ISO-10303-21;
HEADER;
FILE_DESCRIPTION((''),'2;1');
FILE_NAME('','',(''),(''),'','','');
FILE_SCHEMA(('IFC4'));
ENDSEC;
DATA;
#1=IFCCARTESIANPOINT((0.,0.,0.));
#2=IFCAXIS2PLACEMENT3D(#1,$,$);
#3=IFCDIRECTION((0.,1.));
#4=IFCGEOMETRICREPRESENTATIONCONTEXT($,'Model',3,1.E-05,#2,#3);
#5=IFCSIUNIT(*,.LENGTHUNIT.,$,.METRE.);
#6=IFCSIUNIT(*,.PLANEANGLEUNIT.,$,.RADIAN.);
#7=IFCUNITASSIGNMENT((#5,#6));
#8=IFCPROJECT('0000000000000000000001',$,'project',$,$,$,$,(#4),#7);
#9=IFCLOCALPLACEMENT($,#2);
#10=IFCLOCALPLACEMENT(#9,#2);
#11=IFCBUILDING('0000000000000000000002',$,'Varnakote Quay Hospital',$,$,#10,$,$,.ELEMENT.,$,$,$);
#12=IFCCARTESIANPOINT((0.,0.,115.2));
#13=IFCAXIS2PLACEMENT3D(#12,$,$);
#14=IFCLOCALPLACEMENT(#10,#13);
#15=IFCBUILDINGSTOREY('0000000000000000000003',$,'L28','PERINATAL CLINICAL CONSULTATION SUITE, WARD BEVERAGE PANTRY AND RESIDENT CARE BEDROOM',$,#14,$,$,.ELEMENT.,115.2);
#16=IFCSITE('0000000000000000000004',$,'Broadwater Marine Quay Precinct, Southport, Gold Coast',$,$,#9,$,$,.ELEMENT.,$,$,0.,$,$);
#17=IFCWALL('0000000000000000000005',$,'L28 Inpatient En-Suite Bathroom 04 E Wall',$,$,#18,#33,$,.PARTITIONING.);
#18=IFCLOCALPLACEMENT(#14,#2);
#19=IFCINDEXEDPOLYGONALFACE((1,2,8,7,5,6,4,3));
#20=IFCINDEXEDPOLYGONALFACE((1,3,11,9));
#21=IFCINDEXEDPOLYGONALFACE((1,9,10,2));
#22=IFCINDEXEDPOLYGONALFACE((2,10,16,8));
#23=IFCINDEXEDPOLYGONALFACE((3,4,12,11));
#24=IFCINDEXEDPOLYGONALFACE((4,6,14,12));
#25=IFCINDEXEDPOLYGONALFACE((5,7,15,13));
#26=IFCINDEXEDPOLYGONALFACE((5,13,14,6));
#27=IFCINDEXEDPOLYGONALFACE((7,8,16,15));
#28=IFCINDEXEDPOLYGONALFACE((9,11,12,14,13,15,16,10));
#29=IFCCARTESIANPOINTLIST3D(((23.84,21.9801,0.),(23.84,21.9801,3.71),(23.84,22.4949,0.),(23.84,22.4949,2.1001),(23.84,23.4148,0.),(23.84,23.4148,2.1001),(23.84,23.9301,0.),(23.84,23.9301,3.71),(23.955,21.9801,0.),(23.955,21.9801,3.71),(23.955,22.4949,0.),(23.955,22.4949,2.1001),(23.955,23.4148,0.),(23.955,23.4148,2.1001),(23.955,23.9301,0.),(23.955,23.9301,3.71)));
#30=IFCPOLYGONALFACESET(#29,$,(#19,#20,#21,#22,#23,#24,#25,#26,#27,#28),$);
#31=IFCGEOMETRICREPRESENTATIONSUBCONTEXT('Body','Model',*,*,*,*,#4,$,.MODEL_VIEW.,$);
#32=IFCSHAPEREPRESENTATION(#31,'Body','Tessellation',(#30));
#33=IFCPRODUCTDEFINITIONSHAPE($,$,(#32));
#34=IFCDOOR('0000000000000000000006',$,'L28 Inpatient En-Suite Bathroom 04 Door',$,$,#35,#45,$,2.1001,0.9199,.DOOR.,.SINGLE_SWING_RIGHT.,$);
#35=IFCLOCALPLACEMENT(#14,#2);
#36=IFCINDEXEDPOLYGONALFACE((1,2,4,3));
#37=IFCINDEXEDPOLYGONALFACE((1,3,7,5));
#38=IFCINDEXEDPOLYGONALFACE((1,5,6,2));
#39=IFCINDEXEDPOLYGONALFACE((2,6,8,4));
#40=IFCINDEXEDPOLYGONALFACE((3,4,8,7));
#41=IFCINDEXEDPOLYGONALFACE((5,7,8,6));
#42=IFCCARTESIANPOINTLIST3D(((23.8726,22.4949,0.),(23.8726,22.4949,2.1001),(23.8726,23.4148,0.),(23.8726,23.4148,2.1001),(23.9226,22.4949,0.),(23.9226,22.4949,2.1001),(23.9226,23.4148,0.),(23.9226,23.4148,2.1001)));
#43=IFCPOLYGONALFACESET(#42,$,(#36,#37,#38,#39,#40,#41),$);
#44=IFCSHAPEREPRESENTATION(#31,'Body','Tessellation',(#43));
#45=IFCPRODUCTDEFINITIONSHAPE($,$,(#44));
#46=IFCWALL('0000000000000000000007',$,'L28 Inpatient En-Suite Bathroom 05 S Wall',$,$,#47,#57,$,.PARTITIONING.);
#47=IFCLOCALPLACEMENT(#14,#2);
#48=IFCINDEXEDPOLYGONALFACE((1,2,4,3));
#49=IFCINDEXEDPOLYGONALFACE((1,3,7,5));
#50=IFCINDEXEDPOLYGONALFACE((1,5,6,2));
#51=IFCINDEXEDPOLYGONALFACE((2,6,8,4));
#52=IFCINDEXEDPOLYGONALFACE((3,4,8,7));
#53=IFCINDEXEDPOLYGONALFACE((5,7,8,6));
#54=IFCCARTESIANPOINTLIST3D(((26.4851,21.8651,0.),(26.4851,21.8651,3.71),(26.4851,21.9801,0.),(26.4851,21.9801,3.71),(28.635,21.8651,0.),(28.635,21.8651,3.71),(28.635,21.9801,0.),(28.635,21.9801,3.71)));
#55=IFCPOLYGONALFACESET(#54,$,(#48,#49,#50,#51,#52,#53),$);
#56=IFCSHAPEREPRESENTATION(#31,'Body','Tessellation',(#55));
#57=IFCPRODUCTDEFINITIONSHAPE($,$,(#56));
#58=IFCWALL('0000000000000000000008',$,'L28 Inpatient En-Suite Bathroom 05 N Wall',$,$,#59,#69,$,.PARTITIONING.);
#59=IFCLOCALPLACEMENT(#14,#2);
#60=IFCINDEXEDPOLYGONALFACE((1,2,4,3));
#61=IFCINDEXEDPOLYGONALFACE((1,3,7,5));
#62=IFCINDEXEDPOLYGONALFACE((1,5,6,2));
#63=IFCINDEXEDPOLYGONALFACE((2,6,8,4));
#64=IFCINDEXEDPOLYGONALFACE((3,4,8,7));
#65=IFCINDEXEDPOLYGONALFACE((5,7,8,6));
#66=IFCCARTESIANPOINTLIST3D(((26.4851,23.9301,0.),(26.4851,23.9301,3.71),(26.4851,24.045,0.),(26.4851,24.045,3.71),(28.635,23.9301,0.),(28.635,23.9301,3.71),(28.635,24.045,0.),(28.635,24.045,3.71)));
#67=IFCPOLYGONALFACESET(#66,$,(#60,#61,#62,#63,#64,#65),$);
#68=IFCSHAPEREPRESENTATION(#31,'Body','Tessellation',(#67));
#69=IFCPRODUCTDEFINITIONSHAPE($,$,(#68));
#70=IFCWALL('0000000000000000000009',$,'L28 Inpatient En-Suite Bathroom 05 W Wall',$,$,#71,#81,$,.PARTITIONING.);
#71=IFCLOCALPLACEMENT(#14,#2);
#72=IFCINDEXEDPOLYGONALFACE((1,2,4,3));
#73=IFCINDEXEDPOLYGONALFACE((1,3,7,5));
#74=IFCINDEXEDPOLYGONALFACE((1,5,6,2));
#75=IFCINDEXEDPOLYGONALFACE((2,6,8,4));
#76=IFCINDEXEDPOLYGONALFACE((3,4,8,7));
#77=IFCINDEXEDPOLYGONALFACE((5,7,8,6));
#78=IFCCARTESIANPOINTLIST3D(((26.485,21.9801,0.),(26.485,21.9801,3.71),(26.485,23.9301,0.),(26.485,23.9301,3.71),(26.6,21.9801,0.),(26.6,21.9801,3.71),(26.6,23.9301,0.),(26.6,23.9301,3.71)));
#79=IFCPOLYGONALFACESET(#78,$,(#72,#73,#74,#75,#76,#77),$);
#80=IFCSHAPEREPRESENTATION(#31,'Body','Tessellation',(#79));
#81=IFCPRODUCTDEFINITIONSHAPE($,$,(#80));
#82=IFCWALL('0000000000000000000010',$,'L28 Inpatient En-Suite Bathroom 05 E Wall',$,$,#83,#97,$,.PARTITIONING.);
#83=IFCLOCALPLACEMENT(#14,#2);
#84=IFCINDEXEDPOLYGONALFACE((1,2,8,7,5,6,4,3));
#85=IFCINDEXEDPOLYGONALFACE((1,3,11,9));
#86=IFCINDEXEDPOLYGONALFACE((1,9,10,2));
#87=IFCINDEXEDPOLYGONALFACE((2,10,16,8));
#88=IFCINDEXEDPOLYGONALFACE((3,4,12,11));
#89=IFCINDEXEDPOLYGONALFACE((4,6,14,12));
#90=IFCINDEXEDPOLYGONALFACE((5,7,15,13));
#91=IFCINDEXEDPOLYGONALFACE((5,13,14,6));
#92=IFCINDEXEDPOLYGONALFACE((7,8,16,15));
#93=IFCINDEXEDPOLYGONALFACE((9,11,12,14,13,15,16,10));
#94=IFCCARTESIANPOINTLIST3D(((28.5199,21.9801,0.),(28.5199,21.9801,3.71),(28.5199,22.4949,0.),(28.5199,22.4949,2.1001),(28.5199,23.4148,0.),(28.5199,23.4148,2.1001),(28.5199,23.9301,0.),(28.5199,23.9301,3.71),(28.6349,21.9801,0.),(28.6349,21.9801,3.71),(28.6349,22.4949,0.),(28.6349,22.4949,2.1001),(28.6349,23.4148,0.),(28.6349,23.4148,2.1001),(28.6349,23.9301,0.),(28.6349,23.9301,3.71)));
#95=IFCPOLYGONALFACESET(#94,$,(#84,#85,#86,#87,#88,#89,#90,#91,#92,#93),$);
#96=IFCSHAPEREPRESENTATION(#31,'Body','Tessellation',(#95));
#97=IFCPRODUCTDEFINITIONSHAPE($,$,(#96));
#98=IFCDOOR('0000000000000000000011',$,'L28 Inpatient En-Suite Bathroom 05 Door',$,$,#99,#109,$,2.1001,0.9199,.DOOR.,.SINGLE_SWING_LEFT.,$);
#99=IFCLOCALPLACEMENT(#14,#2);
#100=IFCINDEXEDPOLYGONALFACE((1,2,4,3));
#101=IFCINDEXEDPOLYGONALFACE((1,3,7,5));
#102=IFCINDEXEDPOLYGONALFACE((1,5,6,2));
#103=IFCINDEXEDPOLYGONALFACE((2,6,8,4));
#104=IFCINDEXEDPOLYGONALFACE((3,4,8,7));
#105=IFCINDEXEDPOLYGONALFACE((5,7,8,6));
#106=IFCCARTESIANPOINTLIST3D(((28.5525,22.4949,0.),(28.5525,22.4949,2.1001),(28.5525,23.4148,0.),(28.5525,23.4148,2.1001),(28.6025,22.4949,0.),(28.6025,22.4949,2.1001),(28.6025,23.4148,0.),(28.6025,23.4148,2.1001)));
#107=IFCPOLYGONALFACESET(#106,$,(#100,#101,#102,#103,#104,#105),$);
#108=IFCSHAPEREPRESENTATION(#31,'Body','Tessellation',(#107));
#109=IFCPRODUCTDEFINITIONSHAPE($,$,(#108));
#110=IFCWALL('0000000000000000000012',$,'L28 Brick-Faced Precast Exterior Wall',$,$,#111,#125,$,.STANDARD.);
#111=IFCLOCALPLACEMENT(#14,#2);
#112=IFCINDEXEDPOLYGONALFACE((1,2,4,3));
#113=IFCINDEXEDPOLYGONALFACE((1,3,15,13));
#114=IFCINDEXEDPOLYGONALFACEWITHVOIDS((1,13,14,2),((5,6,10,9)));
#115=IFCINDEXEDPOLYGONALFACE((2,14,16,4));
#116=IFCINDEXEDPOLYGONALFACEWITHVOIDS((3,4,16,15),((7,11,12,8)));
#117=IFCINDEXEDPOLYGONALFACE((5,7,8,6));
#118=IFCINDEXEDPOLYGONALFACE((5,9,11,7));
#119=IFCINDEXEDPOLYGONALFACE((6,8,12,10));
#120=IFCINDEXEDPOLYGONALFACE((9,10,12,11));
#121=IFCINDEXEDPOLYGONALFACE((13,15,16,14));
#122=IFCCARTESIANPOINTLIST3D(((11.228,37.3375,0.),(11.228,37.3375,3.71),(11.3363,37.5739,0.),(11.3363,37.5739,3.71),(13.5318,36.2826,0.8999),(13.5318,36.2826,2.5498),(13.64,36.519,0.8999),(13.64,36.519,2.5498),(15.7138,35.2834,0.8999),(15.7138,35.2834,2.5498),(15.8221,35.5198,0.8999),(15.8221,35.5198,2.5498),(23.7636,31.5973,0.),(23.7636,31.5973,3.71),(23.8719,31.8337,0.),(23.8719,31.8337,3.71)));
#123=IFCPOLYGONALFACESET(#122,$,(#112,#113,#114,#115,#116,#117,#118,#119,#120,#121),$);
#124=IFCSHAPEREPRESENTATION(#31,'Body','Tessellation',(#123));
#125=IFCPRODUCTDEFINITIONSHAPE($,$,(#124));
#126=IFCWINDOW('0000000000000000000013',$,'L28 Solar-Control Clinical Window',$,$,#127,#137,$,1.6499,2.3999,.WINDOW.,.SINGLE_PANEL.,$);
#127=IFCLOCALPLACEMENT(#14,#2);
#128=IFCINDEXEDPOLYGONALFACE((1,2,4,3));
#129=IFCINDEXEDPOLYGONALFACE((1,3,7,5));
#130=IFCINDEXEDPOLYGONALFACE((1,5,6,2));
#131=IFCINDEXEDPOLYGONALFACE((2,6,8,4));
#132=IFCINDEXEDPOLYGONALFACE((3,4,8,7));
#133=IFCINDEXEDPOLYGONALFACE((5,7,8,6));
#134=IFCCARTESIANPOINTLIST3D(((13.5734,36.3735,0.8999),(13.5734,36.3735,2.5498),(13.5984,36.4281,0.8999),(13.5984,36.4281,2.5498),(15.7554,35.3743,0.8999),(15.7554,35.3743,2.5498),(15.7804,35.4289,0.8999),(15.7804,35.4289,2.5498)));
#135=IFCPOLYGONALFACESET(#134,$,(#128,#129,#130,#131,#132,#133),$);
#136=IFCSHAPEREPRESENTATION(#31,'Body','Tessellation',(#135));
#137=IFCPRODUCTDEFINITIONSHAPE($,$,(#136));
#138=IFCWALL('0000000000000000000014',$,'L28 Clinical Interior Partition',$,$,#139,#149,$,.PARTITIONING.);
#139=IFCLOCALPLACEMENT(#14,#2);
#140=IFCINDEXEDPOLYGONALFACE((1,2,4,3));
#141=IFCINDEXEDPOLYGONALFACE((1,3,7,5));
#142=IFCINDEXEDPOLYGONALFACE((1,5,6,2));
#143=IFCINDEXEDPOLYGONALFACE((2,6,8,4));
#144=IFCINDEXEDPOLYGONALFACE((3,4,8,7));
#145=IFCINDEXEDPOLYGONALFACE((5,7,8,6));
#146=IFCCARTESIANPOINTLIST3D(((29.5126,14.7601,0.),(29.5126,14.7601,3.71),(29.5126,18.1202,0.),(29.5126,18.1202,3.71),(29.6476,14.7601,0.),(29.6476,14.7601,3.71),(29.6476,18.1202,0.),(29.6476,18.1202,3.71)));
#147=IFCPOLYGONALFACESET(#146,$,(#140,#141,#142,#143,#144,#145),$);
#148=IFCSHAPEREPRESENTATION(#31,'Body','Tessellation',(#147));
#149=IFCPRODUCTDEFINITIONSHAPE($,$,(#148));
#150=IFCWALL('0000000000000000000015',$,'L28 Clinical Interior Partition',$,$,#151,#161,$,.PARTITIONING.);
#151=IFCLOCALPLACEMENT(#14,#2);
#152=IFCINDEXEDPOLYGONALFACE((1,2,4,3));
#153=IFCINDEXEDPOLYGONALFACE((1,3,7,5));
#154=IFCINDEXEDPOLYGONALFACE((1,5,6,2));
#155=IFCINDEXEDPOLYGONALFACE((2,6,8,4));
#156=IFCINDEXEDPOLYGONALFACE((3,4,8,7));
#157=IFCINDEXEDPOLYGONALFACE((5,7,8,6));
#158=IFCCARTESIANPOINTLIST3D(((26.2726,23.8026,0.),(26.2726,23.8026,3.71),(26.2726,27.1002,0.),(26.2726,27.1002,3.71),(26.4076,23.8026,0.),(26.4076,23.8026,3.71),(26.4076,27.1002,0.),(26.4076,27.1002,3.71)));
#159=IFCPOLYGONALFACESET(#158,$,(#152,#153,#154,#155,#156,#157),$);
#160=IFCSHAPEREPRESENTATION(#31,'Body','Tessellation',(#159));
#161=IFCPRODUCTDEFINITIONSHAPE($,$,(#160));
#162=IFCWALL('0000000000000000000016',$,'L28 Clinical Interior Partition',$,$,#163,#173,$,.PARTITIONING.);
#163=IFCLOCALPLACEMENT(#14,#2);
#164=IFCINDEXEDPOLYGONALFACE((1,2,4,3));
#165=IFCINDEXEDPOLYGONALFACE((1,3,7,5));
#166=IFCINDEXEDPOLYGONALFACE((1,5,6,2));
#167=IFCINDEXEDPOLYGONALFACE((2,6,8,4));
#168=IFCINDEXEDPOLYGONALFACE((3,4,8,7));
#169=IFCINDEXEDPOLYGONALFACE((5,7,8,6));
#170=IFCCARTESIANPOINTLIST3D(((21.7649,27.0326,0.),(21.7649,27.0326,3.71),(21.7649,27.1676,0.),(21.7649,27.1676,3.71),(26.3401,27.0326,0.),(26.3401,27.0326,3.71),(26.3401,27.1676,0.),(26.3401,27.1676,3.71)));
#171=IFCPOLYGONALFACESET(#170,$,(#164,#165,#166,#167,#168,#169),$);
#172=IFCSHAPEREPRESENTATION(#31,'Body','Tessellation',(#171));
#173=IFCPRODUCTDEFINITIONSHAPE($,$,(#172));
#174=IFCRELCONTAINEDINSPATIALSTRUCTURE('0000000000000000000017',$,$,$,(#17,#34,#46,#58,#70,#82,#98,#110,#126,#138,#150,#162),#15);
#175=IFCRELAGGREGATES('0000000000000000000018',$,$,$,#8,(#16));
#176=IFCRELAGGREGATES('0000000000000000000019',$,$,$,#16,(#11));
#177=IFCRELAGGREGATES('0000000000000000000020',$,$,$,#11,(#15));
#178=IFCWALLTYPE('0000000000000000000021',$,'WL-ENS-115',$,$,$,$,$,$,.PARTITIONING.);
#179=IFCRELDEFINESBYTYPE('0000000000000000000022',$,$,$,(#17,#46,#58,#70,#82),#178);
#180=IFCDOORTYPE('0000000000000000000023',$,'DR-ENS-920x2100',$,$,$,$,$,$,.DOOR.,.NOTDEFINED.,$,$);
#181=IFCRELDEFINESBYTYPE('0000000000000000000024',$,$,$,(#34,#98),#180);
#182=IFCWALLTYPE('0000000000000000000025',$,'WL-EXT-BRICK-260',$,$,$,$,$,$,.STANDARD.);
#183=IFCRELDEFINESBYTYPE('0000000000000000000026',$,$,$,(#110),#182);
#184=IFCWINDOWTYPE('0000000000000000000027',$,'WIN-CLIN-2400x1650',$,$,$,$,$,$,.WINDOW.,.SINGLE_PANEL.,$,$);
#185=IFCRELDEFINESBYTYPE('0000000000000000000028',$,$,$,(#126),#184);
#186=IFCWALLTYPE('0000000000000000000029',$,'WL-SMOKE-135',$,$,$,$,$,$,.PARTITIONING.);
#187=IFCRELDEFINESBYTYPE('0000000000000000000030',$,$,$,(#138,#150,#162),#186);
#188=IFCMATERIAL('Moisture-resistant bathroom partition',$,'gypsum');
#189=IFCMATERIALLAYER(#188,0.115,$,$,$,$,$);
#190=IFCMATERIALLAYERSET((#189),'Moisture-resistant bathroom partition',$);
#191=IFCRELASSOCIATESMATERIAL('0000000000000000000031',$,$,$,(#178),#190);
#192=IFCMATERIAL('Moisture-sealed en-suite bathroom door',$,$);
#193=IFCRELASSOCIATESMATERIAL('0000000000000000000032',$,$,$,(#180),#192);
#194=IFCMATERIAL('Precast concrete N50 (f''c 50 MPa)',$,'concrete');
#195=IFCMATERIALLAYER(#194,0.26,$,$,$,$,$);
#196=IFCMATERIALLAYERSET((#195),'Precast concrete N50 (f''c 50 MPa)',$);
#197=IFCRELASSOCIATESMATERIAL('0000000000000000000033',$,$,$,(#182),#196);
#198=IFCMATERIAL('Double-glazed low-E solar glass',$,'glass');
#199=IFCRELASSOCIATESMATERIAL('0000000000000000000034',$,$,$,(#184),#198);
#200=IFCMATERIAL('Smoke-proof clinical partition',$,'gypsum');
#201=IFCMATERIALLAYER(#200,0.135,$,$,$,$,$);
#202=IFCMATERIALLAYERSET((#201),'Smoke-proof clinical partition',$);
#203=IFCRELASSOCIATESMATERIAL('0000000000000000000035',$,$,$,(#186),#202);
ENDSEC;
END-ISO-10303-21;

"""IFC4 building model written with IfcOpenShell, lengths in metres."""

from ifc_helpers import new_model, si_unit, direction, frame, frame_2d, origin, place, context, subcontext, project, spatial, rectangle, extrude, material, layer, layer_set, type_object, element, fill, save


model = new_model("IFC4")

# Units and contexts
model_context = context("Model", 3, precision=1e-05, world=origin(), true_north=direction((0.0, 1.0)))
body_context = subcontext(model_context, "Body", "Model", "MODEL_VIEW")
ifc_project = project(units=[si_unit("LENGTHUNIT", "METRE"), si_unit("PLANEANGLEUNIT", "RADIAN")], contexts=[model_context])

# Site, building, storey
site_placement = place(None, origin())
site = spatial("IfcSite", under=ifc_project, at=site_placement, Name="Broadwater Marine Quay Precinct, Southport, Gold Coast", CompositionType="ELEMENT", RefElevation=0.0)
building_placement = place(site_placement, origin())
building = spatial("IfcBuilding", under=site, at=building_placement, Name="Varnakote Quay Hospital", CompositionType="ELEMENT")
storey_placement = place(building_placement, frame((0.0, 0.0, 115.2)))
storey = spatial("IfcBuildingStorey", under=building, at=storey_placement, Name="L28", Description="PERINATAL CLINICAL CONSULTATION SUITE, WARD BEVERAGE PANTRY AND RESIDENT CARE BEDROOM", CompositionType="ELEMENT", Elevation=115.2)

# Shared definitions
ifc_material_1 = material(Name="Moisture-resistant bathroom partition", Category="gypsum")
ifc_layer_1 = layer(ifc_material_1, 0.115)
ifc_layer_set_1 = layer_set([ifc_layer_1], Name="Moisture-resistant bathroom partition")
wall_type_1 = type_object("IfcWallType", Name="WL-ENS-115", PredefinedType="PARTITIONING", material=ifc_layer_set_1)

# Wall, opening, door
wall_1_placement = place(storey_placement, frame((23.8975, 21.98, 0.0), z_axis=(0.0, 0.0, 1.0), x_axis=(0.0, 1.0, 0.0)))
wall_1 = element("IfcWall", 1, at=wall_1_placement, inside=storey, type_object=wall_type_1, Name="L28 Inpatient En-Suite Bathroom 04 E Wall", PredefinedType="PARTITIONING", context=body_context, shape_type="SweptSolid", body=[
    extrude(rectangle(XDim=1.95, YDim=0.115, at=frame_2d((0.9751, 0.0))), origin(), (0.0, 0.0, 1.0), 3.71),
])
opening_1_placement = place(wall_1_placement, frame((0.5149, 0.0, 0.0)))
opening_1 = element("IfcOpeningElement", 2, at=opening_1_placement, cuts=wall_1, PredefinedType="OPENING", context=body_context, shape_type="SweptSolid", body=[
    extrude(rectangle(XDim=0.9199, YDim=2.1001, at=frame_2d((0.46, 1.05))), frame((0.0, 0.0674, 0.0), z_axis=(0.0, -1.0, 0.0), x_axis=(1.0, 0.0, 0.0)), (0.0, 0.0, 1.0), 0.135),
])
ifc_material_2 = material(Name="Moisture-sealed en-suite bathroom door")
door_type_1 = type_object("IfcDoorType", Name="DR-ENS-920x2100", OperationType="NOTDEFINED", PredefinedType="DOOR", material=ifc_material_2)
door_1_placement = place(opening_1_placement, origin())
door_1 = element("IfcDoor", 3, at=door_1_placement, inside=storey, type_object=door_type_1, Name="L28 Inpatient En-Suite Bathroom 04 Door", OperationType="SINGLE_SWING_RIGHT", OverallHeight=2.1001, OverallWidth=0.9199, PredefinedType="DOOR", context=body_context, shape_type="SweptSolid", body=[
    extrude(rectangle(XDim=0.9199, YDim=2.1001, at=frame_2d((0.46, 1.05))), frame((0.0, 0.0249, 0.0), z_axis=(0.0, -1.0, 0.0), x_axis=(1.0, 0.0, 0.0)), (0.0, 0.0, 1.0), 0.05),
])
fill(opening_1, door_1)

# Walls
for number, where, z_axis, x_axis, name in (
    (4, (26.4851, 21.9226, 0.0), (0.0, 0.0, 1.0), (1.0, 0.0, 0.0), "L28 Inpatient En-Suite Bathroom 05 S Wall"),
    (5, (26.4851, 23.9875, 0.0), (0.0, 0.0, 1.0), (1.0, 0.0, 0.0), "L28 Inpatient En-Suite Bathroom 05 N Wall"),
):
    element("IfcWall", number, at=place(storey_placement, frame(where, z_axis=z_axis, x_axis=x_axis)), inside=storey, type_object=wall_type_1, Name=name, PredefinedType="PARTITIONING", context=body_context, shape_type="SweptSolid", body=[
        extrude(rectangle(XDim=2.1499, YDim=0.115, at=frame_2d((1.075, 0.0))), origin(), (0.0, 0.0, 1.0), 3.71),
    ])
wall_2_placement = place(storey_placement, frame((26.5425, 21.98, 0.0), z_axis=(0.0, 0.0, 1.0), x_axis=(0.0, 1.0, 0.0)))
element("IfcWall", 6, at=wall_2_placement, inside=storey, type_object=wall_type_1, Name="L28 Inpatient En-Suite Bathroom 05 W Wall", PredefinedType="PARTITIONING", context=body_context, shape_type="SweptSolid", body=[
    extrude(rectangle(XDim=1.95, YDim=0.115, at=frame_2d((0.9751, 0.0))), origin(), (0.0, 0.0, 1.0), 3.71),
])

# Wall, opening, door
wall_3_placement = place(storey_placement, frame((28.5774, 21.98, 0.0), z_axis=(0.0, 0.0, 1.0), x_axis=(0.0, 1.0, 0.0)))
wall_3 = element("IfcWall", 7, at=wall_3_placement, inside=storey, type_object=wall_type_1, Name="L28 Inpatient En-Suite Bathroom 05 E Wall", PredefinedType="PARTITIONING", context=body_context, shape_type="SweptSolid", body=[
    extrude(rectangle(XDim=1.95, YDim=0.115, at=frame_2d((0.9751, 0.0))), origin(), (0.0, 0.0, 1.0), 3.71),
])
opening_2_placement = place(wall_3_placement, frame((0.5149, 0.0, 0.0)))
opening_2 = element("IfcOpeningElement", 8, at=opening_2_placement, cuts=wall_3, PredefinedType="OPENING", context=body_context, shape_type="SweptSolid", body=[
    extrude(rectangle(XDim=0.9199, YDim=2.1001, at=frame_2d((0.46, 1.05))), frame((0.0, 0.0674, 0.0), z_axis=(0.0, -1.0, 0.0), x_axis=(1.0, 0.0, 0.0)), (0.0, 0.0, 1.0), 0.135),
])
door_2_placement = place(opening_2_placement, origin())
door_2 = element("IfcDoor", 9, at=door_2_placement, inside=storey, type_object=door_type_1, Name="L28 Inpatient En-Suite Bathroom 05 Door", OperationType="SINGLE_SWING_LEFT", OverallHeight=2.1001, OverallWidth=0.9199, PredefinedType="DOOR", context=body_context, shape_type="SweptSolid", body=[
    extrude(rectangle(XDim=0.9199, YDim=2.1001, at=frame_2d((0.46, 1.05))), frame((0.0, 0.0249, 0.0), z_axis=(0.0, -1.0, 0.0), x_axis=(1.0, 0.0, 0.0)), (0.0, 0.0, 1.0), 0.05),
])
fill(opening_2, door_2)

# Wall, opening, window
ifc_material_3 = material(Name="Precast concrete N50 (f'c 50 MPa)", Category="concrete")
ifc_layer_2 = layer(ifc_material_3, 0.26)
ifc_layer_set_2 = layer_set([ifc_layer_2], Name="Precast concrete N50 (f'c 50 MPa)")
wall_type_2 = type_object("IfcWallType", Name="WL-EXT-BRICK-260", PredefinedType="STANDARD", material=ifc_layer_set_2)
wall_4_placement = place(storey_placement, frame((23.8176, 31.7156, 0.0), z_axis=(0.0, 0.0, 1.0), x_axis=(-0.90921, 0.416339, 0.0)))
wall_4 = element("IfcWall", 10, at=wall_4_placement, inside=storey, type_object=wall_type_2, Name="L28 Brick-Faced Precast Exterior Wall", PredefinedType="STANDARD", context=body_context, shape_type="SweptSolid", body=[
    extrude(rectangle(XDim=13.7874, YDim=0.26, at=frame_2d((6.8936, 0.0))), origin(), (0.0, 0.0, 1.0), 3.71),
])
opening_3_placement = place(wall_4_placement, frame((8.8535, 0.0, 0.8999)))
opening_3 = element("IfcOpeningElement", 11, at=opening_3_placement, cuts=wall_4, PredefinedType="OPENING", context=body_context, shape_type="SweptSolid", body=[
    extrude(rectangle(XDim=2.3999, YDim=1.6499, at=frame_2d((1.2, 0.825))), frame((0.0, 0.1399, 0.0), z_axis=(0.0, -1.0, 0.0), x_axis=(1.0, 0.0, 0.0)), (0.0, 0.0, 1.0), 0.28),
])
ifc_material_4 = material(Name="Double-glazed low-E solar glass", Category="glass")
window_type = type_object("IfcWindowType", Name="WIN-CLIN-2400x1650", PartitioningType="SINGLE_PANEL", PredefinedType="WINDOW", material=ifc_material_4)
window_placement = place(opening_3_placement, origin())
window = element("IfcWindow", 12, at=window_placement, inside=storey, type_object=window_type, Name="L28 Solar-Control Clinical Window", OverallHeight=1.6499, OverallWidth=2.3999, PartitioningType="SINGLE_PANEL", PredefinedType="WINDOW", context=body_context, shape_type="SweptSolid", body=[
    extrude(rectangle(XDim=2.3999, YDim=1.6499, at=frame_2d((1.2, 0.825))), frame((0.0, 0.03, 0.0), z_axis=(0.0, -1.0, 0.0), x_axis=(1.0, 0.0, 0.0)), (0.0, 0.0, 1.0), 0.0601),
])
fill(opening_3, window)

# Walls
ifc_material_5 = material(Name="Smoke-proof clinical partition", Category="gypsum")
ifc_layer_3 = layer(ifc_material_5, 0.135)
ifc_layer_set_3 = layer_set([ifc_layer_3], Name="Smoke-proof clinical partition")
wall_type_3 = type_object("IfcWallType", Name="WL-SMOKE-135", PredefinedType="PARTITIONING", material=ifc_layer_set_3)
wall_5_placement = place(storey_placement, frame((29.5801, 14.76, 0.0), z_axis=(0.0, 0.0, 1.0), x_axis=(0.0, 1.0, 0.0)))
element("IfcWall", 13, at=wall_5_placement, inside=storey, type_object=wall_type_3, Name="L28 Clinical Interior Partition", PredefinedType="PARTITIONING", context=body_context, shape_type="SweptSolid", body=[
    extrude(rectangle(XDim=3.3601, YDim=0.135, at=frame_2d((1.6802, 0.0))), origin(), (0.0, 0.0, 1.0), 3.71),
])
wall_6_placement = place(storey_placement, frame((26.3401, 23.8025, 0.0), z_axis=(0.0, 0.0, 1.0), x_axis=(0.0, 1.0, 0.0)))
element("IfcWall", 14, at=wall_6_placement, inside=storey, type_object=wall_type_3, Name="L28 Clinical Interior Partition", PredefinedType="PARTITIONING", context=body_context, shape_type="SweptSolid", body=[
    extrude(rectangle(XDim=3.2976, YDim=0.135, at=frame_2d((1.6489, 0.0))), origin(), (0.0, 0.0, 1.0), 3.71),
])
wall_7_placement = place(storey_placement, frame((26.3401, 27.1001, 0.0), z_axis=(0.0, 0.0, 1.0), x_axis=(-1.0, 0.0, 0.0)))
element("IfcWall", 15, at=wall_7_placement, inside=storey, type_object=wall_type_3, Name="L28 Clinical Interior Partition", PredefinedType="PARTITIONING", context=body_context, shape_type="SweptSolid", body=[
    extrude(rectangle(XDim=4.5752, YDim=0.135, at=frame_2d((2.2876, 0.0))), origin(), (0.0, 0.0, 1.0), 3.71),
])

save(model, "model.ifc")
